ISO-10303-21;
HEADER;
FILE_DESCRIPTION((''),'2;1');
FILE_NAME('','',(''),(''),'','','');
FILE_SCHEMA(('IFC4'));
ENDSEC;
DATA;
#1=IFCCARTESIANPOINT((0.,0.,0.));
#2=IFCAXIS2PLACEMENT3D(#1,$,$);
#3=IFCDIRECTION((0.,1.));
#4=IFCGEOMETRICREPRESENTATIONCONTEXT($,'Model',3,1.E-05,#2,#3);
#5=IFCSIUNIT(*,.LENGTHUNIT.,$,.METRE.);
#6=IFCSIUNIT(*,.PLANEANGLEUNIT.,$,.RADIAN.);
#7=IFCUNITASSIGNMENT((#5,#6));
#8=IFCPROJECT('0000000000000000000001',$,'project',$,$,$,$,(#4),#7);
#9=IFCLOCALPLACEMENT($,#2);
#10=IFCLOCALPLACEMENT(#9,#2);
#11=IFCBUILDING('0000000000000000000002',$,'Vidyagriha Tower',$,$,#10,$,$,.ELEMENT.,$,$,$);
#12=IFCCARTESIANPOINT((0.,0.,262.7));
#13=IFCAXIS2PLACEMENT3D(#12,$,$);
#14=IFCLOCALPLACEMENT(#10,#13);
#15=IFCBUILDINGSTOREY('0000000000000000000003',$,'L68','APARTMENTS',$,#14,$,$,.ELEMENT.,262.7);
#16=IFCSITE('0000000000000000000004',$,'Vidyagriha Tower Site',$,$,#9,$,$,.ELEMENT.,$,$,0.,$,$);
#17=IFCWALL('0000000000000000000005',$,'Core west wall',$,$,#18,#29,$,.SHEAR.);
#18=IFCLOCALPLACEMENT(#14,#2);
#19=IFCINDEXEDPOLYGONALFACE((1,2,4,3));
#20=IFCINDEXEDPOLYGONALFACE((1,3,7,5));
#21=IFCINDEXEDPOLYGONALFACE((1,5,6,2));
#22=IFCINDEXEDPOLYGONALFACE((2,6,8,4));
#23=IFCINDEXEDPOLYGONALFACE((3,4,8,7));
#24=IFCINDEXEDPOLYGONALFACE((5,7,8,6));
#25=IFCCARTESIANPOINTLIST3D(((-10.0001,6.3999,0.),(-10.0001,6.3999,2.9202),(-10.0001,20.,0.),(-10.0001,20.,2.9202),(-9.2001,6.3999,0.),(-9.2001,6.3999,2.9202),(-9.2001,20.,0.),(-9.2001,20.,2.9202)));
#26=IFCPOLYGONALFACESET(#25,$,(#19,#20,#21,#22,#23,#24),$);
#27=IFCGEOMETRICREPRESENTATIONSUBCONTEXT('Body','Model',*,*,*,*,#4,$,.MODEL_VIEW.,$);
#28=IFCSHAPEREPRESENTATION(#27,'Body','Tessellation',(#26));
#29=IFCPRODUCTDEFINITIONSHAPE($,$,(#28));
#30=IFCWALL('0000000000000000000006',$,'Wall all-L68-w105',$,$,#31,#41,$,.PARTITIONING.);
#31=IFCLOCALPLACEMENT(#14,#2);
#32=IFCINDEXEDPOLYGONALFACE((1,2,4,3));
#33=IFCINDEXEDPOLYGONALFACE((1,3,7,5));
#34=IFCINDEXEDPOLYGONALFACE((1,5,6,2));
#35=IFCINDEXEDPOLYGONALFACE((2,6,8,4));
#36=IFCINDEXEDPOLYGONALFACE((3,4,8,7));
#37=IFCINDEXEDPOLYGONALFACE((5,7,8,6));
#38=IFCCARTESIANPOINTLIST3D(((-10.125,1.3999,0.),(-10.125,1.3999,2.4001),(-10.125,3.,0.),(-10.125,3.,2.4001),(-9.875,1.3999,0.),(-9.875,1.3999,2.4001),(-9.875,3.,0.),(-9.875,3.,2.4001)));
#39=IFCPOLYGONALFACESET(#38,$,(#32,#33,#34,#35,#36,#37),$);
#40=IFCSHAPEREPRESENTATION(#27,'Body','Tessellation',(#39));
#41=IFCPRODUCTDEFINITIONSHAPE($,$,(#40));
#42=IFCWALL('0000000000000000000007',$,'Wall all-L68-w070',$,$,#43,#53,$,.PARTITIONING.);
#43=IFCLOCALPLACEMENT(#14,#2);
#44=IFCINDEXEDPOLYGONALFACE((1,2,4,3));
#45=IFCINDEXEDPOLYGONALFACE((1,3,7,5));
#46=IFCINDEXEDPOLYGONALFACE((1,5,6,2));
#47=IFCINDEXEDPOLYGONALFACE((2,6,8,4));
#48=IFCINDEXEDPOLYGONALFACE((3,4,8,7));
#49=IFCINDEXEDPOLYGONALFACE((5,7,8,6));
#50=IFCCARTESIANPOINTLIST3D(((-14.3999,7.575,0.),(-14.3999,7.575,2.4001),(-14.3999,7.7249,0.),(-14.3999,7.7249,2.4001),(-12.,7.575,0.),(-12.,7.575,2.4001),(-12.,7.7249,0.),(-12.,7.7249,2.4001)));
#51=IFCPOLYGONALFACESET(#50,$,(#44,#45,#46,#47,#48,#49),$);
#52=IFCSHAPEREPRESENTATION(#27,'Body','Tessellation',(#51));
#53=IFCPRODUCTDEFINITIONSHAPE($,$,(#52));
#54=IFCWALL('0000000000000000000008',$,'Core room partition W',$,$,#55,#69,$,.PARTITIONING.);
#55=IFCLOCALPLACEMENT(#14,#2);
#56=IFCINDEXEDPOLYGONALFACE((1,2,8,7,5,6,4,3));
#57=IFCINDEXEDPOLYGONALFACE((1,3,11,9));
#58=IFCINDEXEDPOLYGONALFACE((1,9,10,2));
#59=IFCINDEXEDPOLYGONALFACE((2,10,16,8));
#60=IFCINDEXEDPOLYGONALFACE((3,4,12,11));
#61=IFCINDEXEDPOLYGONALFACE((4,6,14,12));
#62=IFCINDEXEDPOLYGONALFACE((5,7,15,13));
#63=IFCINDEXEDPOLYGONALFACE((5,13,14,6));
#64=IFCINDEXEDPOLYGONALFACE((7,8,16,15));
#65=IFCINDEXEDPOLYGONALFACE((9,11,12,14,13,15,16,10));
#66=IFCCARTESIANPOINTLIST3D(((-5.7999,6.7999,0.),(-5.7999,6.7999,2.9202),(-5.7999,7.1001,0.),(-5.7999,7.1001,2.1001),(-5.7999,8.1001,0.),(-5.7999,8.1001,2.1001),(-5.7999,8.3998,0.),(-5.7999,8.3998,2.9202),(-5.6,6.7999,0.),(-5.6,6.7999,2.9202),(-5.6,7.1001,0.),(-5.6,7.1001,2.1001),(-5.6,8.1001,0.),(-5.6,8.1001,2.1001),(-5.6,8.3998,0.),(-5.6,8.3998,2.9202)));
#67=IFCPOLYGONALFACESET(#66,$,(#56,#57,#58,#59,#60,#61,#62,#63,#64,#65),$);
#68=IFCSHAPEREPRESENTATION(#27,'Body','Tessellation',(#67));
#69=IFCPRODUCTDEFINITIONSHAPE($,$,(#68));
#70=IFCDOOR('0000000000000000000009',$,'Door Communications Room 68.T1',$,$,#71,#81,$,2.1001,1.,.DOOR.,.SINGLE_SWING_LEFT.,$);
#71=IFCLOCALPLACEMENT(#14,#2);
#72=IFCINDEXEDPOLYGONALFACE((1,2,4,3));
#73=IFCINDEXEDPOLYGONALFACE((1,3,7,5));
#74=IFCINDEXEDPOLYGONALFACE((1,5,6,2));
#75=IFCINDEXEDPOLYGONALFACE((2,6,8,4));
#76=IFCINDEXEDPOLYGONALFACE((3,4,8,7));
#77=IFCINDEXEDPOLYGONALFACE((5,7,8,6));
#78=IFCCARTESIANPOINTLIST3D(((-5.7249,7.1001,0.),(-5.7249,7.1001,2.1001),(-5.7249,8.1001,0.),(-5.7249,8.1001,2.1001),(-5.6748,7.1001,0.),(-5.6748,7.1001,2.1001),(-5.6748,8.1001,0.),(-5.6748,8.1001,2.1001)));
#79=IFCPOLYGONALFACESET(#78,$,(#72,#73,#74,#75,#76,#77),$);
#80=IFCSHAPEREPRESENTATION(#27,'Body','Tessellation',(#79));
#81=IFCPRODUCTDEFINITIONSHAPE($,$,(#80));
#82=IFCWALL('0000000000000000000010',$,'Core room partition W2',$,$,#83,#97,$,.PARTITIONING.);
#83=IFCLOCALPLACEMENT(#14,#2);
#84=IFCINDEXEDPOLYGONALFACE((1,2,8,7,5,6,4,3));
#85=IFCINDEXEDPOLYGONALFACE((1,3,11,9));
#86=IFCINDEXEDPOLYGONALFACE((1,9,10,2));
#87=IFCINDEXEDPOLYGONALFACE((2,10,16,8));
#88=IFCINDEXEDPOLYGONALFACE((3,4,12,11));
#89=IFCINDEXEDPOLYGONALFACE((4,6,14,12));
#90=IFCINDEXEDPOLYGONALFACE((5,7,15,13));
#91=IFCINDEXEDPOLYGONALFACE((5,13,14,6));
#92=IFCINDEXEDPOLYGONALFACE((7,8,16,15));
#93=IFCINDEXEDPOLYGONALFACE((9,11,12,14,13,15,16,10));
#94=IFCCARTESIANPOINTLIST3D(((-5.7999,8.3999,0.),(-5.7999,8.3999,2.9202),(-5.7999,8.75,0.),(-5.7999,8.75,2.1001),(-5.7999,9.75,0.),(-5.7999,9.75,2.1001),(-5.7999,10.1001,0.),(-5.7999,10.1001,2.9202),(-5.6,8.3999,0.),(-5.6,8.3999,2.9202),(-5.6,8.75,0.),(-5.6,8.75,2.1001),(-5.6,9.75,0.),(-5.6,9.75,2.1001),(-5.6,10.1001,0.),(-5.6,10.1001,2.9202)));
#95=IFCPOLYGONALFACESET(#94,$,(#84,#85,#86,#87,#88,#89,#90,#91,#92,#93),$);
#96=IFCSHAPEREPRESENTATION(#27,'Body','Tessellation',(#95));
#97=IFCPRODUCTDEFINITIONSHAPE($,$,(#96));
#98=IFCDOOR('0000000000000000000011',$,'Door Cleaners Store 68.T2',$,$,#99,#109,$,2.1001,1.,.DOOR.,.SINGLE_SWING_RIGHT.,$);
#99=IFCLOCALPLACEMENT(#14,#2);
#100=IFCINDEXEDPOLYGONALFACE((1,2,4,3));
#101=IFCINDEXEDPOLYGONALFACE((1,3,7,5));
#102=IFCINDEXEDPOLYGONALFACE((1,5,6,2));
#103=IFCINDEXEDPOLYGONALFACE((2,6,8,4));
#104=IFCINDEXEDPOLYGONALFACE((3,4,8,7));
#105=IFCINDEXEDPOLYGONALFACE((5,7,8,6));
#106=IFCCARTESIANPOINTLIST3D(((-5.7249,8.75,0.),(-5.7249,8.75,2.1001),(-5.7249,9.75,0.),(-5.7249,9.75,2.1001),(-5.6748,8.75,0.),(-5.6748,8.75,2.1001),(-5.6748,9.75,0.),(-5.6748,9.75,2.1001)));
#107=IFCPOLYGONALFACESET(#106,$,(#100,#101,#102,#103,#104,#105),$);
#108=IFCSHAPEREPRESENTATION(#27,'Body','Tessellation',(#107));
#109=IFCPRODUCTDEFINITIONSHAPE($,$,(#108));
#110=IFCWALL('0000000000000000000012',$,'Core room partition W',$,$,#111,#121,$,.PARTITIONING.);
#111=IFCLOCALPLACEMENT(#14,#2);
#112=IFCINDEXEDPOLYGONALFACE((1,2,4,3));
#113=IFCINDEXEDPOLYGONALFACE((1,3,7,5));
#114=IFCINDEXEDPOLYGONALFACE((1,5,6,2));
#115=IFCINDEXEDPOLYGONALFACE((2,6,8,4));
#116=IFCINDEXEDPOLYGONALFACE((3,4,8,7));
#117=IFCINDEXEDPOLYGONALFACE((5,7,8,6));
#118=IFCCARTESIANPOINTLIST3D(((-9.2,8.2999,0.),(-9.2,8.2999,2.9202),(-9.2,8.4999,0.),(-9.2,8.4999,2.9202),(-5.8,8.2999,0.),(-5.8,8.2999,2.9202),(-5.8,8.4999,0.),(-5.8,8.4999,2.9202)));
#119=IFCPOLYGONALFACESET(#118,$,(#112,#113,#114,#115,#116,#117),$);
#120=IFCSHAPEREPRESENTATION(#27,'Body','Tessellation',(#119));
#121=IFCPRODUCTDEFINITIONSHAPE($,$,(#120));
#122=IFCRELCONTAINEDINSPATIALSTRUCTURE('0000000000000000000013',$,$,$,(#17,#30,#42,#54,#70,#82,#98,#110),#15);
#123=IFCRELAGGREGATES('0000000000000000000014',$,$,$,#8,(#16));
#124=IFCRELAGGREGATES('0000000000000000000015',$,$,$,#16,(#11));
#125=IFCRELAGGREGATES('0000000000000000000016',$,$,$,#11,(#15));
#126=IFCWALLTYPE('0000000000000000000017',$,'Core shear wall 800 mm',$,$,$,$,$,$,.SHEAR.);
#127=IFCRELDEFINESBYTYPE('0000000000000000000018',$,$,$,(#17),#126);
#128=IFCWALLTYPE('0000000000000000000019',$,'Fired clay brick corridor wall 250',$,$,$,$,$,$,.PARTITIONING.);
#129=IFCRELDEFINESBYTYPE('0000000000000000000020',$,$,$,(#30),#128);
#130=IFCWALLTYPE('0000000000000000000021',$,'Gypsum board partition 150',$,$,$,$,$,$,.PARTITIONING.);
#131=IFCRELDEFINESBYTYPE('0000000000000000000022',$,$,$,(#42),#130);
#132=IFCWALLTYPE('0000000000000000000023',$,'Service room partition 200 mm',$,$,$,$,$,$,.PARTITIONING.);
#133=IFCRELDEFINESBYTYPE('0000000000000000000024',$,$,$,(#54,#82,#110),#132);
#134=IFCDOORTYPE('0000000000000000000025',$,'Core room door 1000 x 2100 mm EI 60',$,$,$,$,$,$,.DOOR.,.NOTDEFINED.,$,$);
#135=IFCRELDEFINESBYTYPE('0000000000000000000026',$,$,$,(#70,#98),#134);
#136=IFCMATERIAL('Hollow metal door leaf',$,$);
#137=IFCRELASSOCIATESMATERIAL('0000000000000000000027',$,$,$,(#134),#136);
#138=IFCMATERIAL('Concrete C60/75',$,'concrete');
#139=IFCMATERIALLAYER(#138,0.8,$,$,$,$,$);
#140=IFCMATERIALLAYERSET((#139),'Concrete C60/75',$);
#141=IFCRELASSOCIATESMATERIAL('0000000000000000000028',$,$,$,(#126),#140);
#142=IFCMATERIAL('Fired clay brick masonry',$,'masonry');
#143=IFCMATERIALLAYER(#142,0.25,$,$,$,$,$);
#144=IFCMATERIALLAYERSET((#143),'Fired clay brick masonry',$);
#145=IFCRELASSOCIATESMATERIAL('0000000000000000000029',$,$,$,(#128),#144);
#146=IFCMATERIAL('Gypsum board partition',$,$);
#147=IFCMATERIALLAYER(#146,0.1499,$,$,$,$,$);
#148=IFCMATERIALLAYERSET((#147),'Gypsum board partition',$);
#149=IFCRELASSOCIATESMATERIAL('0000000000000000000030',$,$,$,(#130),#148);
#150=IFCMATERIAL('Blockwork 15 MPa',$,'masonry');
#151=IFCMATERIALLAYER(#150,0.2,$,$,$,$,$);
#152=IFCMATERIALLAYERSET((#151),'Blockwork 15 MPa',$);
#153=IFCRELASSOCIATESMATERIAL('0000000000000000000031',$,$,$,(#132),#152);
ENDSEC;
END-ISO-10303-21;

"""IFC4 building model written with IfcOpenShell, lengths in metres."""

from ifc_helpers import new_model, si_unit, direction, frame, frame_2d, origin, place, context, subcontext, project, spatial, rectangle, extrude, material, layer, layer_set, type_object, element, fill, save


model = new_model("IFC4")

# Units and contexts
model_context = context("Model", 3, precision=1e-05, world=origin(), true_north=direction((0.0, 1.0)))
body_context = subcontext(model_context, "Body", "Model", "MODEL_VIEW")
ifc_project = project(units=[si_unit("LENGTHUNIT", "METRE"), si_unit("PLANEANGLEUNIT", "RADIAN")], contexts=[model_context])

# Site, building, storey
site_placement = place(None, origin())
site = spatial("IfcSite", under=ifc_project, at=site_placement, Name="Vidyagriha Tower Site", CompositionType="ELEMENT", RefElevation=0.0)
building_placement = place(site_placement, origin())
building = spatial("IfcBuilding", under=site, at=building_placement, Name="Vidyagriha Tower", CompositionType="ELEMENT")
storey_placement = place(building_placement, frame((0.0, 0.0, 262.7)))
storey = spatial("IfcBuildingStorey", under=building, at=storey_placement, Name="L68", Description="APARTMENTS", CompositionType="ELEMENT", Elevation=262.7)

# Shared definitions
ifc_material_1 = material(Name="Hollow metal door leaf")
door_type_1 = type_object("IfcDoorType", Name="Core room door 1000 x 2100 mm EI 60", OperationType="NOTDEFINED", PredefinedType="DOOR", material=ifc_material_1)

# Walls
ifc_material_2 = material(Name="Concrete C60/75", Category="concrete")
ifc_layer_1 = layer(ifc_material_2, 0.8)
ifc_layer_set_1 = layer_set([ifc_layer_1], Name="Concrete C60/75")
wall_type_1 = type_object("IfcWallType", Name="Core shear wall 800 mm", PredefinedType="SHEAR", material=ifc_layer_set_1)
wall_1_placement = place(storey_placement, frame((-9.6001, 6.3999, 0.0), z_axis=(0.0, 0.0, 1.0), x_axis=(0.0, 1.0, 0.0)))
element("IfcWall", 1, at=wall_1_placement, inside=storey, type_object=wall_type_1, Name="Core west wall", PredefinedType="SHEAR", context=body_context, shape_type="SweptSolid", body=[
    extrude(rectangle(XDim=13.6001, YDim=0.8, at=frame_2d((6.8, 0.0))), origin(), (0.0, 0.0, 1.0), 2.9202),
])
ifc_material_3 = material(Name="Fired clay brick masonry", Category="masonry")
ifc_layer_2 = layer(ifc_material_3, 0.25)
ifc_layer_set_2 = layer_set([ifc_layer_2], Name="Fired clay brick masonry")
wall_type_2 = type_object("IfcWallType", Name="Fired clay brick corridor wall 250", PredefinedType="PARTITIONING", material=ifc_layer_set_2)
wall_2_placement = place(storey_placement, frame((-10.0, 3.0, 0.0), z_axis=(0.0, 0.0, 1.0), x_axis=(0.0, -1.0, 0.0)))
element("IfcWall", 2, at=wall_2_placement, inside=storey, type_object=wall_type_2, Name="Wall all-L68-w105", PredefinedType="PARTITIONING", context=body_context, shape_type="SweptSolid", body=[
    extrude(rectangle(XDim=1.6001, YDim=0.25, at=frame_2d((0.8, 0.0))), origin(), (0.0, 0.0, 1.0), 2.4001),
])
ifc_material_4 = material(Name="Gypsum board partition")
ifc_layer_3 = layer(ifc_material_4, 0.1499)
ifc_layer_set_3 = layer_set([ifc_layer_3], Name="Gypsum board partition")
wall_type_3 = type_object("IfcWallType", Name="Gypsum board partition 150", PredefinedType="PARTITIONING", material=ifc_layer_set_3)
wall_3_placement = place(storey_placement, frame((-14.3999, 7.6499, 0.0)))
element("IfcWall", 3, at=wall_3_placement, inside=storey, type_object=wall_type_3, Name="Wall all-L68-w070", PredefinedType="PARTITIONING", context=body_context, shape_type="SweptSolid", body=[
    extrude(rectangle(XDim=2.3999, YDim=0.1499, at=frame_2d((1.2, 0.0))), origin(), (0.0, 0.0, 1.0), 2.4001),
])

# Walls, openings, doors
ifc_material_5 = material(Name="Blockwork 15 MPa", Category="masonry")
ifc_layer_4 = layer(ifc_material_5, 0.2)
ifc_layer_set_4 = layer_set([ifc_layer_4], Name="Blockwork 15 MPa")
wall_type_4 = type_object("IfcWallType", Name="Service room partition 200 mm", PredefinedType="PARTITIONING", material=ifc_layer_set_4)
wall_4_placement = place(storey_placement, frame((-5.7, 6.8, 0.0), z_axis=(0.0, 0.0, 1.0), x_axis=(0.0, 1.0, 0.0)))
wall_4 = element("IfcWall", 4, at=wall_4_placement, inside=storey, type_object=wall_type_4, Name="Core room partition W", PredefinedType="PARTITIONING", context=body_context, shape_type="SweptSolid", body=[
    extrude(rectangle(XDim=1.5999, YDim=0.2, at=frame_2d((0.7998, 0.0))), origin(), (0.0, 0.0, 1.0), 2.9202),
])
opening_1_placement = place(wall_4_placement, frame((0.3, 0.0, 0.0)))
opening_1 = element("IfcOpeningElement", 5, at=opening_1_placement, cuts=wall_4, PredefinedType="OPENING", context=body_context, shape_type="SweptSolid", body=[
    extrude(rectangle(XDim=1.0, YDim=2.1001, at=frame_2d((0.5, 1.05))), frame((0.0, 0.1099, 0.0), z_axis=(0.0, -1.0, 0.0), x_axis=(1.0, 0.0, 0.0)), (0.0, 0.0, 1.0), 0.22),
])
door_1_placement = place(opening_1_placement, origin())
door_1 = element("IfcDoor", 6, at=door_1_placement, inside=storey, type_object=door_type_1, Name="Door Communications Room 68.T1", OperationType="SINGLE_SWING_LEFT", OverallHeight=2.1001, OverallWidth=1.0, PredefinedType="DOOR", context=body_context, shape_type="SweptSolid", body=[
    extrude(rectangle(XDim=1.0, YDim=2.1001, at=frame_2d((0.5, 1.05))), frame((0.0, 0.0249, 0.0), z_axis=(0.0, -1.0, 0.0), x_axis=(1.0, 0.0, 0.0)), (0.0, 0.0, 1.0), 0.05),
])
fill(opening_1, door_1)
wall_5_placement = place(storey_placement, frame((-5.7, 8.3999, 0.0), z_axis=(0.0, 0.0, 1.0), x_axis=(0.0, 1.0, 0.0)))
wall_5 = element("IfcWall", 7, at=wall_5_placement, inside=storey, type_object=wall_type_4, Name="Core room partition W2", PredefinedType="PARTITIONING", context=body_context, shape_type="SweptSolid", body=[
    extrude(rectangle(XDim=1.7002, YDim=0.2, at=frame_2d((0.8501, 0.0))), origin(), (0.0, 0.0, 1.0), 2.9202),
])
opening_2_placement = place(wall_5_placement, frame((0.3501, 0.0, 0.0)))
opening_2 = element("IfcOpeningElement", 8, at=opening_2_placement, cuts=wall_5, PredefinedType="OPENING", context=body_context, shape_type="SweptSolid", body=[
    extrude(rectangle(XDim=1.0, YDim=2.1001, at=frame_2d((0.5, 1.05))), frame((0.0, 0.1099, 0.0), z_axis=(0.0, -1.0, 0.0), x_axis=(1.0, 0.0, 0.0)), (0.0, 0.0, 1.0), 0.22),
])
door_2_placement = place(opening_2_placement, origin())
door_2 = element("IfcDoor", 9, at=door_2_placement, inside=storey, type_object=door_type_1, Name="Door Cleaners Store 68.T2", OperationType="SINGLE_SWING_RIGHT", OverallHeight=2.1001, OverallWidth=1.0, PredefinedType="DOOR", context=body_context, shape_type="SweptSolid", body=[
    extrude(rectangle(XDim=1.0, YDim=2.1001, at=frame_2d((0.5, 1.05))), frame((0.0, 0.0249, 0.0), z_axis=(0.0, -1.0, 0.0), x_axis=(1.0, 0.0, 0.0)), (0.0, 0.0, 1.0), 0.05),
])
fill(opening_2, door_2)

# Wall
wall_6_placement = place(storey_placement, frame((-9.2, 8.3999, 0.0)))
element("IfcWall", 10, at=wall_6_placement, inside=storey, type_object=wall_type_4, Name="Core room partition W", PredefinedType="PARTITIONING", context=body_context, shape_type="SweptSolid", body=[
    extrude(rectangle(XDim=3.3999, YDim=0.2, at=frame_2d((1.7, 0.0))), origin(), (0.0, 0.0, 1.0), 2.9202),
])

save(model, "model.ifc")
